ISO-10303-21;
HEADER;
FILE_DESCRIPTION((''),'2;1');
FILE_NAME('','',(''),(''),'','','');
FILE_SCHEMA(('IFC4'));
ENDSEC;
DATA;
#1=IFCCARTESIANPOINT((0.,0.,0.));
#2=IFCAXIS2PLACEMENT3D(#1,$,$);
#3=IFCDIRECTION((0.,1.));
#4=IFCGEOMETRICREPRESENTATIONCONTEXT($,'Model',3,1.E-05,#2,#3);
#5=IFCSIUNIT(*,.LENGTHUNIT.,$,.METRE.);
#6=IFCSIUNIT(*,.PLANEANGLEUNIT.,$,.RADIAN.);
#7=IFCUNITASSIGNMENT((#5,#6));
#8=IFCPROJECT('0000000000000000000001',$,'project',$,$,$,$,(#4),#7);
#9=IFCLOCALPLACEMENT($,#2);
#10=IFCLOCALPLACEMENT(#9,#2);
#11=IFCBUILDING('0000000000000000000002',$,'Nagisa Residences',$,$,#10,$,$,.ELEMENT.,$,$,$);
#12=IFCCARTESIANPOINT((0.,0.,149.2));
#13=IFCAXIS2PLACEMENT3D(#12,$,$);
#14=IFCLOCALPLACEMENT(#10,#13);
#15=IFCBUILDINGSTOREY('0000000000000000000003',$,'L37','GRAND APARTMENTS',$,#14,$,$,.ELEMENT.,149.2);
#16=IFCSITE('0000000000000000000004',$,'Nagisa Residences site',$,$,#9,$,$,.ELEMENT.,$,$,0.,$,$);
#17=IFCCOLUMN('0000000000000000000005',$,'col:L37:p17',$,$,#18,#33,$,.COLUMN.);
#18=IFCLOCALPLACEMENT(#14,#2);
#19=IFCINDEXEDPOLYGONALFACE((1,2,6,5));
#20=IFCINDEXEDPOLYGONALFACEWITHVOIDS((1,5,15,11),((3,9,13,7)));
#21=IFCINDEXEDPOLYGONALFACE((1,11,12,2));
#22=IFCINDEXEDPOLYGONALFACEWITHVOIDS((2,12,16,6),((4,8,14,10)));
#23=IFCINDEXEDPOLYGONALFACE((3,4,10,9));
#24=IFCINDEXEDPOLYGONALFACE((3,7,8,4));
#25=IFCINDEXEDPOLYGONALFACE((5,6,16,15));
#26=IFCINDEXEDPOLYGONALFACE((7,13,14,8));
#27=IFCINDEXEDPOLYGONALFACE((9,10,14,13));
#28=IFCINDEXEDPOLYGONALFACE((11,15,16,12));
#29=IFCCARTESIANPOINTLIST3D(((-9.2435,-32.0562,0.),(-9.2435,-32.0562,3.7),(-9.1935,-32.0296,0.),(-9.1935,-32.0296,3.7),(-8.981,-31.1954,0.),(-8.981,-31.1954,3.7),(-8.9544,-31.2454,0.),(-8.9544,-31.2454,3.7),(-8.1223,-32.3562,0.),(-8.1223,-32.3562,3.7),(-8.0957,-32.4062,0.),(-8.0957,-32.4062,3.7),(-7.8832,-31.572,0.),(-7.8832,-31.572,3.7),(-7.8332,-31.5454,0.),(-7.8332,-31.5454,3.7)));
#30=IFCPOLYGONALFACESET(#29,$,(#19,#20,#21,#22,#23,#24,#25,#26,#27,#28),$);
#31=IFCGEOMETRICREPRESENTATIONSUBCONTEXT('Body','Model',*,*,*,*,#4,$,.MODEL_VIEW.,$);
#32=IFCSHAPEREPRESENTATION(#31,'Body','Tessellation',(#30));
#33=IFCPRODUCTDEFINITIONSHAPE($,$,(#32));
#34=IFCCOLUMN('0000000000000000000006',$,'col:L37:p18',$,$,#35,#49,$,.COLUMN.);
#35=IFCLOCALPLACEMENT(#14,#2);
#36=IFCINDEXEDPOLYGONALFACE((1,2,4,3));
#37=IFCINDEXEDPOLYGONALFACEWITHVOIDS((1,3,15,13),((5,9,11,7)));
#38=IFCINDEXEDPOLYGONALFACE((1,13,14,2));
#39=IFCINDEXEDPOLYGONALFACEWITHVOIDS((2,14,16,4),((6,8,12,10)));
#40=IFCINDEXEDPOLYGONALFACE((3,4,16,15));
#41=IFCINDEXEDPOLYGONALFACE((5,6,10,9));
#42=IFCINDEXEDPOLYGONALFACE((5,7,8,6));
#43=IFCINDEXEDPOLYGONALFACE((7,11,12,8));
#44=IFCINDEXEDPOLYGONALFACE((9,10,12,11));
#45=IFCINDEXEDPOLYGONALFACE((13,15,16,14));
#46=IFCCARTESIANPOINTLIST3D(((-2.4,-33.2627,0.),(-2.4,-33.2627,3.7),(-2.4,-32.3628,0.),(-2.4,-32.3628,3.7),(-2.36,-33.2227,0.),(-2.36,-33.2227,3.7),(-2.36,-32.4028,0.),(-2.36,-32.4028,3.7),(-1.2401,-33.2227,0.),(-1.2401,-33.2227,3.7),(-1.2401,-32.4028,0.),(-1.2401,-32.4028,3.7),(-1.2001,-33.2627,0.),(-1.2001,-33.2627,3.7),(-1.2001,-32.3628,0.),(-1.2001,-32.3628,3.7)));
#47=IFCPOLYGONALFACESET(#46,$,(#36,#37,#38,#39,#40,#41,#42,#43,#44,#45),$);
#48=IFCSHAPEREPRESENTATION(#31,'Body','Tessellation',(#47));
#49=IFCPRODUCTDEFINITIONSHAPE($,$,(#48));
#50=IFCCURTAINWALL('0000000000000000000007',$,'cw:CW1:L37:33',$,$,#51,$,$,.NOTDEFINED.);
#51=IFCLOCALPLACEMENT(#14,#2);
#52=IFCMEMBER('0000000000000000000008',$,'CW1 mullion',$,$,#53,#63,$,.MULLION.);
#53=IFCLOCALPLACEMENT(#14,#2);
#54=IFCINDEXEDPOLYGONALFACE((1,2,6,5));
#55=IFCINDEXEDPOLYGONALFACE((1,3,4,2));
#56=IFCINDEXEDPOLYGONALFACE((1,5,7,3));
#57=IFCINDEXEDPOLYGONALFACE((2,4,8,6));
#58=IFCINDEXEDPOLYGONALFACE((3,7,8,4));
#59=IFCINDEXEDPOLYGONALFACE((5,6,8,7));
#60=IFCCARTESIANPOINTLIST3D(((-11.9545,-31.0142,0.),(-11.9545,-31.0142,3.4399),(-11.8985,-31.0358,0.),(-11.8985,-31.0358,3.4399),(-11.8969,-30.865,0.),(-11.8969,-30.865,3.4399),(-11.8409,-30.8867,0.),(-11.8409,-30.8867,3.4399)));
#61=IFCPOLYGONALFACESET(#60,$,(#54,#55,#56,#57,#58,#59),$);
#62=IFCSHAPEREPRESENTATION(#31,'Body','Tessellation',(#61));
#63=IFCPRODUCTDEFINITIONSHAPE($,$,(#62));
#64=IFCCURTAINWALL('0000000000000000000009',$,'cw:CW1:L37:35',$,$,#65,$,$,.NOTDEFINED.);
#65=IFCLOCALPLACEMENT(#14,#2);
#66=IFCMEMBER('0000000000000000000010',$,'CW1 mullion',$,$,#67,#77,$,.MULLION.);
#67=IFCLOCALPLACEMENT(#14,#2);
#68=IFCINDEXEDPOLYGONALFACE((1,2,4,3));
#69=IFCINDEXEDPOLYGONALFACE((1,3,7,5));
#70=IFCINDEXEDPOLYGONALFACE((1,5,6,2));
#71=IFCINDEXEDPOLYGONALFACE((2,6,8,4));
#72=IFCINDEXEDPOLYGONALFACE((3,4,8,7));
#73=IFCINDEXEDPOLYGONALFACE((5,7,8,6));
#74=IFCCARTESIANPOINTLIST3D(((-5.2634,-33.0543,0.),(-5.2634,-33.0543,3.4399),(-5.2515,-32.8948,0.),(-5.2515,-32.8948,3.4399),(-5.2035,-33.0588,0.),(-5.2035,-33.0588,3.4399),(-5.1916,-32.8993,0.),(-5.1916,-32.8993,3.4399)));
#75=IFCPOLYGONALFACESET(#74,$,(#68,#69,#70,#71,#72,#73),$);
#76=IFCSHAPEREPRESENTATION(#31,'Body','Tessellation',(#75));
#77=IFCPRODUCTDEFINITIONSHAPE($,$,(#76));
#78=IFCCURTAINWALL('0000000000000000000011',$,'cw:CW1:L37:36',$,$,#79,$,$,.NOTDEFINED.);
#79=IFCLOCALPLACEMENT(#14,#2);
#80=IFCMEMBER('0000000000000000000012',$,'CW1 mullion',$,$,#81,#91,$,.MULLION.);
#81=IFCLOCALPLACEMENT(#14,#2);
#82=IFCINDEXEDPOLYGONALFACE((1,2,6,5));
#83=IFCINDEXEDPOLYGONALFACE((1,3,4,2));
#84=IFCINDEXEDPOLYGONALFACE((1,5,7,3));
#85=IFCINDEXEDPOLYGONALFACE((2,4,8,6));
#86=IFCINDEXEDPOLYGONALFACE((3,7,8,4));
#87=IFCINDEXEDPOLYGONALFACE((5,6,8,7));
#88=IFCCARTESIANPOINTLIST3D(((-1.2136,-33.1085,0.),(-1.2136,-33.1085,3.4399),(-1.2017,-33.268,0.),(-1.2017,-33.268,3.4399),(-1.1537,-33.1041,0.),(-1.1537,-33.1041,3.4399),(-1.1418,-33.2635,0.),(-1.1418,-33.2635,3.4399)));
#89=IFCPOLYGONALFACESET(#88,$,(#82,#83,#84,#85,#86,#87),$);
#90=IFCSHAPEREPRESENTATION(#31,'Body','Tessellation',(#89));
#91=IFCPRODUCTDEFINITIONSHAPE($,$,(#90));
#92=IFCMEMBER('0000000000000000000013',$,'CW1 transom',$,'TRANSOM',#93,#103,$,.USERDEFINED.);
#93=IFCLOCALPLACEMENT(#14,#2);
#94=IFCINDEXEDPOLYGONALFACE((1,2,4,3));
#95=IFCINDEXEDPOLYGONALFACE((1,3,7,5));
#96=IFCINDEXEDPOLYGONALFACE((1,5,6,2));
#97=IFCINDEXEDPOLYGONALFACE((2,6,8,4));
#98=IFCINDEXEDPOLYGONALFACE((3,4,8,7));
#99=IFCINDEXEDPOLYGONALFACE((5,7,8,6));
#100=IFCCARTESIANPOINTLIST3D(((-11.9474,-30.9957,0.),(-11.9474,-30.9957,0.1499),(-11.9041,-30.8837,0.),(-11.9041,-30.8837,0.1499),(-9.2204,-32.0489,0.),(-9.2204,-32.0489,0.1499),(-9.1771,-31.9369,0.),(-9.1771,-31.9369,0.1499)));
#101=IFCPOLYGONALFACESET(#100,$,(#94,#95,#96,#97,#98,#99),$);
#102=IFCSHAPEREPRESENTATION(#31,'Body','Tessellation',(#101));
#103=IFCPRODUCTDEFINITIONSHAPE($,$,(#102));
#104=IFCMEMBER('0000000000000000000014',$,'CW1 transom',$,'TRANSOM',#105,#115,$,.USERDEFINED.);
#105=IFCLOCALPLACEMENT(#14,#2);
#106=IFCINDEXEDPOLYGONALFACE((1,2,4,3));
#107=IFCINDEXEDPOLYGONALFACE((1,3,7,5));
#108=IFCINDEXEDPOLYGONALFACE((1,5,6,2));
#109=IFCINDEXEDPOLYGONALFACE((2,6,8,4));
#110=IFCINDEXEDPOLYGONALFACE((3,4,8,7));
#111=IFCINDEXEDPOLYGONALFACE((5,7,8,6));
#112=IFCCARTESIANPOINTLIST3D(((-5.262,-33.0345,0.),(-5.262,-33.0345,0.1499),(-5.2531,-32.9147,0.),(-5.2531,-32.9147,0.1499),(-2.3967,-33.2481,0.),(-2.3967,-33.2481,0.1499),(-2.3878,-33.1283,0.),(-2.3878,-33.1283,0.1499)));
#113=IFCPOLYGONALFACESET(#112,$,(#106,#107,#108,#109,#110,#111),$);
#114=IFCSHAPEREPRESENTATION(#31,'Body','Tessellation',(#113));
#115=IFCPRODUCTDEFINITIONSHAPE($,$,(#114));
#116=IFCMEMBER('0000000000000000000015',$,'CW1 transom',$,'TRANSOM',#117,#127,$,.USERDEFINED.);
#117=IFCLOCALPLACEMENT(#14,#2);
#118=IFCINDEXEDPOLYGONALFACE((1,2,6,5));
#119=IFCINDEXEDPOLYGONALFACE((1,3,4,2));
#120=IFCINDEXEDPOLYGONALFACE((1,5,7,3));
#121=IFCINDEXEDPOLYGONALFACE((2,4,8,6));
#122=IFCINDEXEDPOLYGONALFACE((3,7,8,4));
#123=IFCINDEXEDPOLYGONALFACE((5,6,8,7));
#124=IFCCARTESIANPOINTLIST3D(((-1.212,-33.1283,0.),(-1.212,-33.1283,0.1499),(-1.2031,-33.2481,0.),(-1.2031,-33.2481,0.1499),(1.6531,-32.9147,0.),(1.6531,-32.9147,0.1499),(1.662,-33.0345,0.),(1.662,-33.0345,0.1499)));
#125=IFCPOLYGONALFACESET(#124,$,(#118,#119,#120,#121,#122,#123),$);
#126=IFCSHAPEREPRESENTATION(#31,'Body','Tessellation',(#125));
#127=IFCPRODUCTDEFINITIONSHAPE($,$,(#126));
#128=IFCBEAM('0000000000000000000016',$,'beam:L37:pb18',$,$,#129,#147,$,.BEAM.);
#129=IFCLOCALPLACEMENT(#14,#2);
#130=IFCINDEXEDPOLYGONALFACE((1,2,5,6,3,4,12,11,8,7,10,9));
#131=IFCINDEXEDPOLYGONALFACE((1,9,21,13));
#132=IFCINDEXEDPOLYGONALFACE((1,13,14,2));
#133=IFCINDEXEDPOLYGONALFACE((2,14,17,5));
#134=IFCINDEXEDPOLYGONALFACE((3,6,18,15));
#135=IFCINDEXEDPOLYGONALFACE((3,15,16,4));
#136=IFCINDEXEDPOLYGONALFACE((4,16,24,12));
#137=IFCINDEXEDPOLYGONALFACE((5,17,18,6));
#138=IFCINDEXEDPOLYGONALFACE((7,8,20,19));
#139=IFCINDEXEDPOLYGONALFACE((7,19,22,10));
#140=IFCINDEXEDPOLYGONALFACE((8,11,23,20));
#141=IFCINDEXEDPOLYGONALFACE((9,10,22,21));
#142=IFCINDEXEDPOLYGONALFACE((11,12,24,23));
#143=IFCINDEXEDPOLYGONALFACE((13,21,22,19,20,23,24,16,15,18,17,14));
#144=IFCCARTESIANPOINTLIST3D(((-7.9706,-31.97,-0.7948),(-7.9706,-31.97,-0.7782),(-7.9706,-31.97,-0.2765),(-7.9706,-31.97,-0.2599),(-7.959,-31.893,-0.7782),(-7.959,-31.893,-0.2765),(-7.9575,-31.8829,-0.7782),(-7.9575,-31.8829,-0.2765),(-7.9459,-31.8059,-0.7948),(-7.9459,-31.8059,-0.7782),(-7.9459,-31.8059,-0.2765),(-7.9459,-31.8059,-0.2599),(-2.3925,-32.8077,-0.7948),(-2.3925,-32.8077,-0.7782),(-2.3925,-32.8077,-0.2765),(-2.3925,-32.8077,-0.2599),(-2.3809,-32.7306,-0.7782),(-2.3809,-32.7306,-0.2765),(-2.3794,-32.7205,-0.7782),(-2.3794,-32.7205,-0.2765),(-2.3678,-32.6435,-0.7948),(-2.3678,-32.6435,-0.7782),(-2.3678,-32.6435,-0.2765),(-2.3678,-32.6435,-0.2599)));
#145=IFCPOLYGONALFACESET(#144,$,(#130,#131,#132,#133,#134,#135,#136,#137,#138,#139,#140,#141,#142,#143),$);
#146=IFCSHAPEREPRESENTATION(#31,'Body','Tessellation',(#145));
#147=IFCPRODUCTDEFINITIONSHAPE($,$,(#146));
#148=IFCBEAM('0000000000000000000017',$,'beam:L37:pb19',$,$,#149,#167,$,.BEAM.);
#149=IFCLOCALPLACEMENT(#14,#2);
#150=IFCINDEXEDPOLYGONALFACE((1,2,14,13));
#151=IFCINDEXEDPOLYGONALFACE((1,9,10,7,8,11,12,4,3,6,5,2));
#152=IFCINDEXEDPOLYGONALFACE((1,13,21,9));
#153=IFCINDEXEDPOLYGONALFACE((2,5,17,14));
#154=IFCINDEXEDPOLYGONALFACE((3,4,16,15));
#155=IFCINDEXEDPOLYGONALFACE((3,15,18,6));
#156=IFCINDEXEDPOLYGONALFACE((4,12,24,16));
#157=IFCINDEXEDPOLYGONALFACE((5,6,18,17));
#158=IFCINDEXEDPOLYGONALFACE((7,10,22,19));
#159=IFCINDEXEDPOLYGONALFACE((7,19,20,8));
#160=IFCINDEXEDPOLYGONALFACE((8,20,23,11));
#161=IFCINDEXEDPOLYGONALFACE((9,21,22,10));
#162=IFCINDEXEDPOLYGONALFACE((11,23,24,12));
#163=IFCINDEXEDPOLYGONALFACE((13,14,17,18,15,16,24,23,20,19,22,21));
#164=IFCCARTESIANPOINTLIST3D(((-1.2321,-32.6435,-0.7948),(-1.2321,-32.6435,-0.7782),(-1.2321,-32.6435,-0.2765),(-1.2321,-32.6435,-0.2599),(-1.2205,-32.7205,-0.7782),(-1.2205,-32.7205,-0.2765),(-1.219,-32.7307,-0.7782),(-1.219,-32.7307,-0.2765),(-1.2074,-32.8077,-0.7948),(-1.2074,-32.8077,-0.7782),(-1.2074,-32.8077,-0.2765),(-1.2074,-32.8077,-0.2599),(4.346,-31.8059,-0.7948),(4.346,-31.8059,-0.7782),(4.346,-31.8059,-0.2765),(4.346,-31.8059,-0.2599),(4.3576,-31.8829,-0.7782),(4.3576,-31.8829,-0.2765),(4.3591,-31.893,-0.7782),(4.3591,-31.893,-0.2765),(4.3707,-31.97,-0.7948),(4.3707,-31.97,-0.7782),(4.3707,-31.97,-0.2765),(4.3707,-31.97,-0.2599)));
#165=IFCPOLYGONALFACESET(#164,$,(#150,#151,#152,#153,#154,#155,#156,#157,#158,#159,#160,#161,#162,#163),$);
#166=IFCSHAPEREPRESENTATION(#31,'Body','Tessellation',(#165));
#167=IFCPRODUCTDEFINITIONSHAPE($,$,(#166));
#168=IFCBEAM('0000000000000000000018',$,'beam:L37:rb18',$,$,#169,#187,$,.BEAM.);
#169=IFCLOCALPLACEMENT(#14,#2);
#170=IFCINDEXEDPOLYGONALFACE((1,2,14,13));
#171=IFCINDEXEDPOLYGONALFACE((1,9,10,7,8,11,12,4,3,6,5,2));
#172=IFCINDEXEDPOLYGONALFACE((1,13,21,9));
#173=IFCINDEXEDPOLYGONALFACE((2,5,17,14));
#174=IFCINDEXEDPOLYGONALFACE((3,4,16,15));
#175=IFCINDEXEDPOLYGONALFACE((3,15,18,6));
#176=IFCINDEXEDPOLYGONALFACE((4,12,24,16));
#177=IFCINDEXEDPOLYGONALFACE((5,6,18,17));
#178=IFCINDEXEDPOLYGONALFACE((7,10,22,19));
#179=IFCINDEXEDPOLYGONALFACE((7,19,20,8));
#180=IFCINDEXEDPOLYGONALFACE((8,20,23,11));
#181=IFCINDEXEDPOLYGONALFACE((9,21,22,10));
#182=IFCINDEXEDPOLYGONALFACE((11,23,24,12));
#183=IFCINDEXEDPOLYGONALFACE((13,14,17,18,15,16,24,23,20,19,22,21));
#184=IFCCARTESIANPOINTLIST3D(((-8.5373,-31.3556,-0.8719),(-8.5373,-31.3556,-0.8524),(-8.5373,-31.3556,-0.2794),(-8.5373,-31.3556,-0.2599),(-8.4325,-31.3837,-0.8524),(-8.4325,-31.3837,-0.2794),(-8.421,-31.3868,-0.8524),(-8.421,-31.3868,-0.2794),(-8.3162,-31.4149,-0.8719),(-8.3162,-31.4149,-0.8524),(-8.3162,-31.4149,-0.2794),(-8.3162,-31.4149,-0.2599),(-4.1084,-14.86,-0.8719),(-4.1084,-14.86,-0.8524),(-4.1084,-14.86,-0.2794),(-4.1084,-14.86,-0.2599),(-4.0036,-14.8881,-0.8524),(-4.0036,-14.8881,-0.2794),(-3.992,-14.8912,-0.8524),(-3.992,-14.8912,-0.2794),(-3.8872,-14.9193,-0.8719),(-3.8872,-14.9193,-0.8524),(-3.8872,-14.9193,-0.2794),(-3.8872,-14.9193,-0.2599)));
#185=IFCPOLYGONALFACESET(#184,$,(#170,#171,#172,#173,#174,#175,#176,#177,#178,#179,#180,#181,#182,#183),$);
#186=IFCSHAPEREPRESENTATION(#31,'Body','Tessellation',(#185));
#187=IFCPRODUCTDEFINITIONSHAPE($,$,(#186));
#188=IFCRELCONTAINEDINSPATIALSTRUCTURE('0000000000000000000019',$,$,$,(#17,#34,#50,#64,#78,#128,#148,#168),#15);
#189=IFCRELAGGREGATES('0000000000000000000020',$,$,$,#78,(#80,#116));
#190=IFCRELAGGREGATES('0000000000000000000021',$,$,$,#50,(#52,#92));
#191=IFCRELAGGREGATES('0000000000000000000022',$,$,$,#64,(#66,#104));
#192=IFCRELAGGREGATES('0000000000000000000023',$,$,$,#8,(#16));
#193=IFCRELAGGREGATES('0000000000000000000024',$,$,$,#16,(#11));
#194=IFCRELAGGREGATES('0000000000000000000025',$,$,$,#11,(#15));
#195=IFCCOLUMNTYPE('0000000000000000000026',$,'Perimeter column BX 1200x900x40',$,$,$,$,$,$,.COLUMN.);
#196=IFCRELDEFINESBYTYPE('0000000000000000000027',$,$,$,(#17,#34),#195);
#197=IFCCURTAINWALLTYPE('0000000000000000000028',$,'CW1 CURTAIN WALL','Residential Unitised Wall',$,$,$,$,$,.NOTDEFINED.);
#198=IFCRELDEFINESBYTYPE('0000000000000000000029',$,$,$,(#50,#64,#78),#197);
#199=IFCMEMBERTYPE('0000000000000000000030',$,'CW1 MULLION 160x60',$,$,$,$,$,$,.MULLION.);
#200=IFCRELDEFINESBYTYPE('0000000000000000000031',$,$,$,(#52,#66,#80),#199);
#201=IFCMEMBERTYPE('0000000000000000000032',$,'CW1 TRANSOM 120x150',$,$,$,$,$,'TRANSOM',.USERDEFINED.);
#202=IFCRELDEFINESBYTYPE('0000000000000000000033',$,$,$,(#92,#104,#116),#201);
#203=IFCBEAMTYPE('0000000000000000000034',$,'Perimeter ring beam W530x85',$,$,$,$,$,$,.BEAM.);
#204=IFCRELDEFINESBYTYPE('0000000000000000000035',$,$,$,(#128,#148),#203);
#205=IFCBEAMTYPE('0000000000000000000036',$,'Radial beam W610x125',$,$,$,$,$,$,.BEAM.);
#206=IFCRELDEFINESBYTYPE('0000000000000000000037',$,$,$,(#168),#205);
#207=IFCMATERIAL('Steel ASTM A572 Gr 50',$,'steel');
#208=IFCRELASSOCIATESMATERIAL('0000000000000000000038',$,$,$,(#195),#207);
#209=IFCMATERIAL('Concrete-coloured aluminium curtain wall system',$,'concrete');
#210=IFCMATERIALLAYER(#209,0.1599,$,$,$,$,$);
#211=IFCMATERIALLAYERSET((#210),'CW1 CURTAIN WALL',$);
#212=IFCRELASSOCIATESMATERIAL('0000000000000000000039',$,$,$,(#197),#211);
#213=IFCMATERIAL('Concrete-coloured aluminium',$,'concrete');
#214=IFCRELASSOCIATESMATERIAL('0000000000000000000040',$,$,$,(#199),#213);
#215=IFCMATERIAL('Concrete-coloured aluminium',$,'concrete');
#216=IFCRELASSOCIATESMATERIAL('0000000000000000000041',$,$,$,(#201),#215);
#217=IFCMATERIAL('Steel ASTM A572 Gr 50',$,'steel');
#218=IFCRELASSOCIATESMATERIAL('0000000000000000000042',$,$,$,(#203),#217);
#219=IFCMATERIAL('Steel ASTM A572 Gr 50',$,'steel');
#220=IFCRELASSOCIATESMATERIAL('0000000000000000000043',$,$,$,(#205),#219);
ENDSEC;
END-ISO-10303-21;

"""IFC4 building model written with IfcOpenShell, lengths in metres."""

from ifc_helpers import new_model, si_unit, direction, frame, origin, origin_2d, place, context, subcontext, project, spatial, rectangle, hollow_rectangle, i_section, extrude, material, layer, layer_set, material_profile, profile_set, type_object, element, aggregate, save


model = new_model("IFC4")

# Units and contexts
model_context = context("Model", 3, precision=1e-05, world=origin(), true_north=direction((0.0, 1.0)))
body_context = subcontext(model_context, "Body", "Model", "MODEL_VIEW")
ifc_project = project(units=[si_unit("LENGTHUNIT", "METRE"), si_unit("PLANEANGLEUNIT", "RADIAN")], contexts=[model_context])

# Site, building, storey
site_placement = place(None, origin())
site = spatial("IfcSite", under=ifc_project, at=site_placement, Name="Nagisa Residences site", CompositionType="ELEMENT", RefElevation=0.0)
building_placement = place(site_placement, origin())
building = spatial("IfcBuilding", under=site, at=building_placement, Name="Nagisa Residences", CompositionType="ELEMENT")
storey_placement = place(building_placement, frame((0.0, 0.0, 149.2)))
storey = spatial("IfcBuildingStorey", under=building, at=storey_placement, Name="L37", Description="GRAND APARTMENTS", CompositionType="ELEMENT", Elevation=149.2)

# Columns
ifc_material_1 = material(Name="Steel ASTM A572 Gr 50", Category="steel")
ifc_material_profile_1 = material_profile(ifc_material_1, hollow_rectangle(XDim=1.2, YDim=0.8999, WallThickness=0.04, at=origin_2d()), Name="BX 1200x900x40")
ifc_profile_set_1 = profile_set([ifc_material_profile_1], Name="Steel ASTM A572 Gr 50")
column_type = type_object("IfcColumnType", Name="Perimeter column BX 1200x900x40", PredefinedType="COLUMN", material=ifc_profile_set_1)
for number, where, z_axis, x_axis, name in (
    (1, (-8.5383, -31.8008, 0.0), (0.0, 0.0, 1.0), (0.956525, -0.291652, 0.0), "col:L37:p17"),
    (2, (-1.8, -32.8127, 0.0), (0.0, 0.0, 1.0), (1.0, 0.0, 0.0), "col:L37:p18"),
):
    element("IfcColumn", number, at=place(storey_placement, frame(where, z_axis=z_axis, x_axis=x_axis)), inside=storey, type_object=column_type, Name=name, PredefinedType="COLUMN", context=body_context, shape_type="SweptSolid", body=[
        extrude(hollow_rectangle(XDim=1.2, YDim=0.8999, WallThickness=0.04, at=origin_2d()), origin(), (0.0, 0.0, 1.0), 3.7),
    ])

# Curtain walls, members
ifc_material_2 = material(Name="Concrete-coloured aluminium curtain wall system", Category="concrete")
ifc_layer_1 = layer(ifc_material_2, 0.1599)
ifc_layer_set_1 = layer_set([ifc_layer_1], Name="CW1 CURTAIN WALL")
curtain_wall_type = type_object("IfcCurtainWallType", Name="CW1 CURTAIN WALL", Description="Residential Unitised Wall", PredefinedType="NOTDEFINED", material=ifc_layer_set_1)
curtain_wall_1_placement = place(storey_placement, origin())
curtain_wall_1 = element("IfcCurtainWall", 3, at=curtain_wall_1_placement, inside=storey, type_object=curtain_wall_type, Name="cw:CW1:L37:33", PredefinedType="NOTDEFINED")
ifc_material_3 = material(Name="Concrete-coloured aluminium", Category="concrete")
ifc_material_profile_2 = material_profile(ifc_material_3, rectangle(XDim=0.1599, YDim=0.0601, at=origin_2d()), Name="CW1 MULLION 160x60")
ifc_profile_set_2 = profile_set([ifc_material_profile_2], Name="Concrete-coloured aluminium")
member_type_1 = type_object("IfcMemberType", Name="CW1 MULLION 160x60", PredefinedType="MULLION", material=ifc_profile_set_2)
member_1_placement = place(storey_placement, frame((-11.8977, -30.9504, 0.0), z_axis=(0.0, 0.0, 1.0), x_axis=(0.360328, 0.932826, 0.0)))
member_1 = element("IfcMember", 4, at=member_1_placement, type_object=member_type_1, Name="CW1 mullion", PredefinedType="MULLION", context=body_context, shape_type="SweptSolid", body=[
    extrude(rectangle(XDim=0.1599, YDim=0.0601, at=origin_2d()), origin(), (0.0, 0.0, 1.0), 3.4399),
])
curtain_wall_2_placement = place(storey_placement, origin())
curtain_wall_2 = element("IfcCurtainWall", 5, at=curtain_wall_2_placement, inside=storey, type_object=curtain_wall_type, Name="cw:CW1:L37:35", PredefinedType="NOTDEFINED")
member_2_placement = place(storey_placement, frame((-5.2275, -32.9768, 0.0), z_axis=(0.0, 0.0, 1.0), x_axis=(0.074377, 0.99723, 0.0)))
member_2 = element("IfcMember", 6, at=member_2_placement, type_object=member_type_1, Name="CW1 mullion", PredefinedType="MULLION", context=body_context, shape_type="SweptSolid", body=[
    extrude(rectangle(XDim=0.1599, YDim=0.0601, at=origin_2d()), origin(), (0.0, 0.0, 1.0), 3.4399),
])
curtain_wall_3_placement = place(storey_placement, origin())
curtain_wall_3 = element("IfcCurtainWall", 7, at=curtain_wall_3_placement, inside=storey, type_object=curtain_wall_type, Name="cw:CW1:L37:36", PredefinedType="NOTDEFINED")
member_3_placement = place(storey_placement, frame((-1.1777, -33.186, 0.0), z_axis=(0.0, 0.0, 1.0), x_axis=(-0.074377, 0.99723, 0.0)))
member_3 = element("IfcMember", 8, at=member_3_placement, type_object=member_type_1, Name="CW1 mullion", PredefinedType="MULLION", context=body_context, shape_type="SweptSolid", body=[
    extrude(rectangle(XDim=0.1599, YDim=0.0601, at=origin_2d()), origin(), (0.0, 0.0, 1.0), 3.4399),
])

# Members
ifc_material_4 = material(Name="Concrete-coloured aluminium", Category="concrete")
ifc_material_profile_3 = material_profile(ifc_material_4, rectangle(XDim=0.1201, YDim=0.1499, at=origin_2d()), Name="CW1 TRANSOM 120x150")
ifc_profile_set_3 = profile_set([ifc_material_profile_3], Name="Concrete-coloured aluminium")
member_type_2 = type_object("IfcMemberType", Name="CW1 TRANSOM 120x150", ElementType="TRANSOM", PredefinedType="USERDEFINED", material=ifc_profile_set_3)
member_4_placement = place(storey_placement, frame((-11.9258, -30.9397, 0.075), z_axis=(0.932845, -0.360277, 0.0), x_axis=(0.360277, 0.932845, 0.0)))
member_4 = element("IfcMember", 9, at=member_4_placement, type_object=member_type_2, Name="CW1 transom", ObjectType="TRANSOM", PredefinedType="USERDEFINED", context=body_context, shape_type="SweptSolid", body=[
    extrude(rectangle(XDim=0.1201, YDim=0.1499, at=origin_2d()), origin(), (0.0, 0.0, 1.0), 2.9233),
])
member_5_placement = place(storey_placement, frame((-5.2576, -32.9746, 0.075), z_axis=(0.997232, -0.074351, 0.0), x_axis=(0.074351, 0.997232, 0.0)))
member_5 = element("IfcMember", 10, at=member_5_placement, type_object=member_type_2, Name="CW1 transom", ObjectType="TRANSOM", PredefinedType="USERDEFINED", context=body_context, shape_type="SweptSolid", body=[
    extrude(rectangle(XDim=0.1201, YDim=0.1499, at=origin_2d()), origin(), (0.0, 0.0, 1.0), 2.8733),
])
member_6_placement = place(storey_placement, frame((-1.2075, -33.1882, 0.075), z_axis=(0.997232, 0.074357, 0.0), x_axis=(-0.074357, 0.997232, 0.0)))
member_6 = element("IfcMember", 11, at=member_6_placement, type_object=member_type_2, Name="CW1 transom", ObjectType="TRANSOM", PredefinedType="USERDEFINED", context=body_context, shape_type="SweptSolid", body=[
    extrude(rectangle(XDim=0.1201, YDim=0.1499, at=origin_2d()), origin(), (0.0, 0.0, 1.0), 2.873),
])
aggregate(curtain_wall_3, [member_3, member_6])

# Beams
ifc_material_5 = material(Name="Steel ASTM A572 Gr 50", Category="steel")
ifc_material_profile_4 = material_profile(ifc_material_5, i_section(OverallWidth=0.166, OverallDepth=0.5349, WebThickness=0.0103, FlangeThickness=0.0166, at=origin_2d()), Name="W530x85")
ifc_profile_set_4 = profile_set([ifc_material_profile_4], Name="Steel ASTM A572 Gr 50")
beam_type_1 = type_object("IfcBeamType", Name="Perimeter ring beam W530x85", PredefinedType="BEAM", material=ifc_profile_set_4)
for number, where, z_axis, x_axis, name in (
    (12, (-7.9583, -31.8879, -0.5273), (0.988912, -0.148501, 0.0), (0.148501, 0.988912, 0.0), "beam:L37:pb18"),
    (13, (-1.2197, -32.7256, -0.5273), (0.988912, 0.148501, 0.0), (-0.148501, 0.988912, 0.0), "beam:L37:pb19"),
):
    element("IfcBeam", number, at=place(storey_placement, frame(where, z_axis=z_axis, x_axis=x_axis)), inside=storey, type_object=beam_type_1, Name=name, PredefinedType="BEAM", context=body_context, shape_type="SweptSolid", body=[
        extrude(i_section(OverallWidth=0.166, OverallDepth=0.5349, WebThickness=0.0103, FlangeThickness=0.0166, at=origin_2d()), origin(), (0.0, 0.0, 1.0), 5.6406),
    ])
ifc_material_6 = material(Name="Steel ASTM A572 Gr 50", Category="steel")
ifc_material_profile_5 = material_profile(ifc_material_6, i_section(OverallWidth=0.229, OverallDepth=0.6121, WebThickness=0.012, FlangeThickness=0.0195, at=origin_2d()), Name="W610x125")
ifc_profile_set_5 = profile_set([ifc_material_profile_5], Name="Steel ASTM A572 Gr 50")
beam_type_2 = type_object("IfcBeamType", Name="Radial beam W610x125", PredefinedType="BEAM", material=ifc_profile_set_5)
beam_1_placement = place(storey_placement, frame((-8.4268, -31.3853, -0.5659), z_axis=(0.259309, 0.965794, 0.0), x_axis=(-0.965794, 0.259309, 0.0)))
element("IfcBeam", 14, at=beam_1_placement, inside=storey, type_object=beam_type_2, Name="beam:L37:rb18", PredefinedType="BEAM", context=body_context, shape_type="SweptSolid", body=[
    extrude(i_section(OverallWidth=0.229, OverallDepth=0.6121, WebThickness=0.012, FlangeThickness=0.0195, at=origin_2d()), origin(), (0.0, 0.0, 1.0), 17.0798),
])

aggregate(curtain_wall_1, [member_1, member_4])
aggregate(curtain_wall_2, [member_2, member_5])

save(model, "model.ifc")
